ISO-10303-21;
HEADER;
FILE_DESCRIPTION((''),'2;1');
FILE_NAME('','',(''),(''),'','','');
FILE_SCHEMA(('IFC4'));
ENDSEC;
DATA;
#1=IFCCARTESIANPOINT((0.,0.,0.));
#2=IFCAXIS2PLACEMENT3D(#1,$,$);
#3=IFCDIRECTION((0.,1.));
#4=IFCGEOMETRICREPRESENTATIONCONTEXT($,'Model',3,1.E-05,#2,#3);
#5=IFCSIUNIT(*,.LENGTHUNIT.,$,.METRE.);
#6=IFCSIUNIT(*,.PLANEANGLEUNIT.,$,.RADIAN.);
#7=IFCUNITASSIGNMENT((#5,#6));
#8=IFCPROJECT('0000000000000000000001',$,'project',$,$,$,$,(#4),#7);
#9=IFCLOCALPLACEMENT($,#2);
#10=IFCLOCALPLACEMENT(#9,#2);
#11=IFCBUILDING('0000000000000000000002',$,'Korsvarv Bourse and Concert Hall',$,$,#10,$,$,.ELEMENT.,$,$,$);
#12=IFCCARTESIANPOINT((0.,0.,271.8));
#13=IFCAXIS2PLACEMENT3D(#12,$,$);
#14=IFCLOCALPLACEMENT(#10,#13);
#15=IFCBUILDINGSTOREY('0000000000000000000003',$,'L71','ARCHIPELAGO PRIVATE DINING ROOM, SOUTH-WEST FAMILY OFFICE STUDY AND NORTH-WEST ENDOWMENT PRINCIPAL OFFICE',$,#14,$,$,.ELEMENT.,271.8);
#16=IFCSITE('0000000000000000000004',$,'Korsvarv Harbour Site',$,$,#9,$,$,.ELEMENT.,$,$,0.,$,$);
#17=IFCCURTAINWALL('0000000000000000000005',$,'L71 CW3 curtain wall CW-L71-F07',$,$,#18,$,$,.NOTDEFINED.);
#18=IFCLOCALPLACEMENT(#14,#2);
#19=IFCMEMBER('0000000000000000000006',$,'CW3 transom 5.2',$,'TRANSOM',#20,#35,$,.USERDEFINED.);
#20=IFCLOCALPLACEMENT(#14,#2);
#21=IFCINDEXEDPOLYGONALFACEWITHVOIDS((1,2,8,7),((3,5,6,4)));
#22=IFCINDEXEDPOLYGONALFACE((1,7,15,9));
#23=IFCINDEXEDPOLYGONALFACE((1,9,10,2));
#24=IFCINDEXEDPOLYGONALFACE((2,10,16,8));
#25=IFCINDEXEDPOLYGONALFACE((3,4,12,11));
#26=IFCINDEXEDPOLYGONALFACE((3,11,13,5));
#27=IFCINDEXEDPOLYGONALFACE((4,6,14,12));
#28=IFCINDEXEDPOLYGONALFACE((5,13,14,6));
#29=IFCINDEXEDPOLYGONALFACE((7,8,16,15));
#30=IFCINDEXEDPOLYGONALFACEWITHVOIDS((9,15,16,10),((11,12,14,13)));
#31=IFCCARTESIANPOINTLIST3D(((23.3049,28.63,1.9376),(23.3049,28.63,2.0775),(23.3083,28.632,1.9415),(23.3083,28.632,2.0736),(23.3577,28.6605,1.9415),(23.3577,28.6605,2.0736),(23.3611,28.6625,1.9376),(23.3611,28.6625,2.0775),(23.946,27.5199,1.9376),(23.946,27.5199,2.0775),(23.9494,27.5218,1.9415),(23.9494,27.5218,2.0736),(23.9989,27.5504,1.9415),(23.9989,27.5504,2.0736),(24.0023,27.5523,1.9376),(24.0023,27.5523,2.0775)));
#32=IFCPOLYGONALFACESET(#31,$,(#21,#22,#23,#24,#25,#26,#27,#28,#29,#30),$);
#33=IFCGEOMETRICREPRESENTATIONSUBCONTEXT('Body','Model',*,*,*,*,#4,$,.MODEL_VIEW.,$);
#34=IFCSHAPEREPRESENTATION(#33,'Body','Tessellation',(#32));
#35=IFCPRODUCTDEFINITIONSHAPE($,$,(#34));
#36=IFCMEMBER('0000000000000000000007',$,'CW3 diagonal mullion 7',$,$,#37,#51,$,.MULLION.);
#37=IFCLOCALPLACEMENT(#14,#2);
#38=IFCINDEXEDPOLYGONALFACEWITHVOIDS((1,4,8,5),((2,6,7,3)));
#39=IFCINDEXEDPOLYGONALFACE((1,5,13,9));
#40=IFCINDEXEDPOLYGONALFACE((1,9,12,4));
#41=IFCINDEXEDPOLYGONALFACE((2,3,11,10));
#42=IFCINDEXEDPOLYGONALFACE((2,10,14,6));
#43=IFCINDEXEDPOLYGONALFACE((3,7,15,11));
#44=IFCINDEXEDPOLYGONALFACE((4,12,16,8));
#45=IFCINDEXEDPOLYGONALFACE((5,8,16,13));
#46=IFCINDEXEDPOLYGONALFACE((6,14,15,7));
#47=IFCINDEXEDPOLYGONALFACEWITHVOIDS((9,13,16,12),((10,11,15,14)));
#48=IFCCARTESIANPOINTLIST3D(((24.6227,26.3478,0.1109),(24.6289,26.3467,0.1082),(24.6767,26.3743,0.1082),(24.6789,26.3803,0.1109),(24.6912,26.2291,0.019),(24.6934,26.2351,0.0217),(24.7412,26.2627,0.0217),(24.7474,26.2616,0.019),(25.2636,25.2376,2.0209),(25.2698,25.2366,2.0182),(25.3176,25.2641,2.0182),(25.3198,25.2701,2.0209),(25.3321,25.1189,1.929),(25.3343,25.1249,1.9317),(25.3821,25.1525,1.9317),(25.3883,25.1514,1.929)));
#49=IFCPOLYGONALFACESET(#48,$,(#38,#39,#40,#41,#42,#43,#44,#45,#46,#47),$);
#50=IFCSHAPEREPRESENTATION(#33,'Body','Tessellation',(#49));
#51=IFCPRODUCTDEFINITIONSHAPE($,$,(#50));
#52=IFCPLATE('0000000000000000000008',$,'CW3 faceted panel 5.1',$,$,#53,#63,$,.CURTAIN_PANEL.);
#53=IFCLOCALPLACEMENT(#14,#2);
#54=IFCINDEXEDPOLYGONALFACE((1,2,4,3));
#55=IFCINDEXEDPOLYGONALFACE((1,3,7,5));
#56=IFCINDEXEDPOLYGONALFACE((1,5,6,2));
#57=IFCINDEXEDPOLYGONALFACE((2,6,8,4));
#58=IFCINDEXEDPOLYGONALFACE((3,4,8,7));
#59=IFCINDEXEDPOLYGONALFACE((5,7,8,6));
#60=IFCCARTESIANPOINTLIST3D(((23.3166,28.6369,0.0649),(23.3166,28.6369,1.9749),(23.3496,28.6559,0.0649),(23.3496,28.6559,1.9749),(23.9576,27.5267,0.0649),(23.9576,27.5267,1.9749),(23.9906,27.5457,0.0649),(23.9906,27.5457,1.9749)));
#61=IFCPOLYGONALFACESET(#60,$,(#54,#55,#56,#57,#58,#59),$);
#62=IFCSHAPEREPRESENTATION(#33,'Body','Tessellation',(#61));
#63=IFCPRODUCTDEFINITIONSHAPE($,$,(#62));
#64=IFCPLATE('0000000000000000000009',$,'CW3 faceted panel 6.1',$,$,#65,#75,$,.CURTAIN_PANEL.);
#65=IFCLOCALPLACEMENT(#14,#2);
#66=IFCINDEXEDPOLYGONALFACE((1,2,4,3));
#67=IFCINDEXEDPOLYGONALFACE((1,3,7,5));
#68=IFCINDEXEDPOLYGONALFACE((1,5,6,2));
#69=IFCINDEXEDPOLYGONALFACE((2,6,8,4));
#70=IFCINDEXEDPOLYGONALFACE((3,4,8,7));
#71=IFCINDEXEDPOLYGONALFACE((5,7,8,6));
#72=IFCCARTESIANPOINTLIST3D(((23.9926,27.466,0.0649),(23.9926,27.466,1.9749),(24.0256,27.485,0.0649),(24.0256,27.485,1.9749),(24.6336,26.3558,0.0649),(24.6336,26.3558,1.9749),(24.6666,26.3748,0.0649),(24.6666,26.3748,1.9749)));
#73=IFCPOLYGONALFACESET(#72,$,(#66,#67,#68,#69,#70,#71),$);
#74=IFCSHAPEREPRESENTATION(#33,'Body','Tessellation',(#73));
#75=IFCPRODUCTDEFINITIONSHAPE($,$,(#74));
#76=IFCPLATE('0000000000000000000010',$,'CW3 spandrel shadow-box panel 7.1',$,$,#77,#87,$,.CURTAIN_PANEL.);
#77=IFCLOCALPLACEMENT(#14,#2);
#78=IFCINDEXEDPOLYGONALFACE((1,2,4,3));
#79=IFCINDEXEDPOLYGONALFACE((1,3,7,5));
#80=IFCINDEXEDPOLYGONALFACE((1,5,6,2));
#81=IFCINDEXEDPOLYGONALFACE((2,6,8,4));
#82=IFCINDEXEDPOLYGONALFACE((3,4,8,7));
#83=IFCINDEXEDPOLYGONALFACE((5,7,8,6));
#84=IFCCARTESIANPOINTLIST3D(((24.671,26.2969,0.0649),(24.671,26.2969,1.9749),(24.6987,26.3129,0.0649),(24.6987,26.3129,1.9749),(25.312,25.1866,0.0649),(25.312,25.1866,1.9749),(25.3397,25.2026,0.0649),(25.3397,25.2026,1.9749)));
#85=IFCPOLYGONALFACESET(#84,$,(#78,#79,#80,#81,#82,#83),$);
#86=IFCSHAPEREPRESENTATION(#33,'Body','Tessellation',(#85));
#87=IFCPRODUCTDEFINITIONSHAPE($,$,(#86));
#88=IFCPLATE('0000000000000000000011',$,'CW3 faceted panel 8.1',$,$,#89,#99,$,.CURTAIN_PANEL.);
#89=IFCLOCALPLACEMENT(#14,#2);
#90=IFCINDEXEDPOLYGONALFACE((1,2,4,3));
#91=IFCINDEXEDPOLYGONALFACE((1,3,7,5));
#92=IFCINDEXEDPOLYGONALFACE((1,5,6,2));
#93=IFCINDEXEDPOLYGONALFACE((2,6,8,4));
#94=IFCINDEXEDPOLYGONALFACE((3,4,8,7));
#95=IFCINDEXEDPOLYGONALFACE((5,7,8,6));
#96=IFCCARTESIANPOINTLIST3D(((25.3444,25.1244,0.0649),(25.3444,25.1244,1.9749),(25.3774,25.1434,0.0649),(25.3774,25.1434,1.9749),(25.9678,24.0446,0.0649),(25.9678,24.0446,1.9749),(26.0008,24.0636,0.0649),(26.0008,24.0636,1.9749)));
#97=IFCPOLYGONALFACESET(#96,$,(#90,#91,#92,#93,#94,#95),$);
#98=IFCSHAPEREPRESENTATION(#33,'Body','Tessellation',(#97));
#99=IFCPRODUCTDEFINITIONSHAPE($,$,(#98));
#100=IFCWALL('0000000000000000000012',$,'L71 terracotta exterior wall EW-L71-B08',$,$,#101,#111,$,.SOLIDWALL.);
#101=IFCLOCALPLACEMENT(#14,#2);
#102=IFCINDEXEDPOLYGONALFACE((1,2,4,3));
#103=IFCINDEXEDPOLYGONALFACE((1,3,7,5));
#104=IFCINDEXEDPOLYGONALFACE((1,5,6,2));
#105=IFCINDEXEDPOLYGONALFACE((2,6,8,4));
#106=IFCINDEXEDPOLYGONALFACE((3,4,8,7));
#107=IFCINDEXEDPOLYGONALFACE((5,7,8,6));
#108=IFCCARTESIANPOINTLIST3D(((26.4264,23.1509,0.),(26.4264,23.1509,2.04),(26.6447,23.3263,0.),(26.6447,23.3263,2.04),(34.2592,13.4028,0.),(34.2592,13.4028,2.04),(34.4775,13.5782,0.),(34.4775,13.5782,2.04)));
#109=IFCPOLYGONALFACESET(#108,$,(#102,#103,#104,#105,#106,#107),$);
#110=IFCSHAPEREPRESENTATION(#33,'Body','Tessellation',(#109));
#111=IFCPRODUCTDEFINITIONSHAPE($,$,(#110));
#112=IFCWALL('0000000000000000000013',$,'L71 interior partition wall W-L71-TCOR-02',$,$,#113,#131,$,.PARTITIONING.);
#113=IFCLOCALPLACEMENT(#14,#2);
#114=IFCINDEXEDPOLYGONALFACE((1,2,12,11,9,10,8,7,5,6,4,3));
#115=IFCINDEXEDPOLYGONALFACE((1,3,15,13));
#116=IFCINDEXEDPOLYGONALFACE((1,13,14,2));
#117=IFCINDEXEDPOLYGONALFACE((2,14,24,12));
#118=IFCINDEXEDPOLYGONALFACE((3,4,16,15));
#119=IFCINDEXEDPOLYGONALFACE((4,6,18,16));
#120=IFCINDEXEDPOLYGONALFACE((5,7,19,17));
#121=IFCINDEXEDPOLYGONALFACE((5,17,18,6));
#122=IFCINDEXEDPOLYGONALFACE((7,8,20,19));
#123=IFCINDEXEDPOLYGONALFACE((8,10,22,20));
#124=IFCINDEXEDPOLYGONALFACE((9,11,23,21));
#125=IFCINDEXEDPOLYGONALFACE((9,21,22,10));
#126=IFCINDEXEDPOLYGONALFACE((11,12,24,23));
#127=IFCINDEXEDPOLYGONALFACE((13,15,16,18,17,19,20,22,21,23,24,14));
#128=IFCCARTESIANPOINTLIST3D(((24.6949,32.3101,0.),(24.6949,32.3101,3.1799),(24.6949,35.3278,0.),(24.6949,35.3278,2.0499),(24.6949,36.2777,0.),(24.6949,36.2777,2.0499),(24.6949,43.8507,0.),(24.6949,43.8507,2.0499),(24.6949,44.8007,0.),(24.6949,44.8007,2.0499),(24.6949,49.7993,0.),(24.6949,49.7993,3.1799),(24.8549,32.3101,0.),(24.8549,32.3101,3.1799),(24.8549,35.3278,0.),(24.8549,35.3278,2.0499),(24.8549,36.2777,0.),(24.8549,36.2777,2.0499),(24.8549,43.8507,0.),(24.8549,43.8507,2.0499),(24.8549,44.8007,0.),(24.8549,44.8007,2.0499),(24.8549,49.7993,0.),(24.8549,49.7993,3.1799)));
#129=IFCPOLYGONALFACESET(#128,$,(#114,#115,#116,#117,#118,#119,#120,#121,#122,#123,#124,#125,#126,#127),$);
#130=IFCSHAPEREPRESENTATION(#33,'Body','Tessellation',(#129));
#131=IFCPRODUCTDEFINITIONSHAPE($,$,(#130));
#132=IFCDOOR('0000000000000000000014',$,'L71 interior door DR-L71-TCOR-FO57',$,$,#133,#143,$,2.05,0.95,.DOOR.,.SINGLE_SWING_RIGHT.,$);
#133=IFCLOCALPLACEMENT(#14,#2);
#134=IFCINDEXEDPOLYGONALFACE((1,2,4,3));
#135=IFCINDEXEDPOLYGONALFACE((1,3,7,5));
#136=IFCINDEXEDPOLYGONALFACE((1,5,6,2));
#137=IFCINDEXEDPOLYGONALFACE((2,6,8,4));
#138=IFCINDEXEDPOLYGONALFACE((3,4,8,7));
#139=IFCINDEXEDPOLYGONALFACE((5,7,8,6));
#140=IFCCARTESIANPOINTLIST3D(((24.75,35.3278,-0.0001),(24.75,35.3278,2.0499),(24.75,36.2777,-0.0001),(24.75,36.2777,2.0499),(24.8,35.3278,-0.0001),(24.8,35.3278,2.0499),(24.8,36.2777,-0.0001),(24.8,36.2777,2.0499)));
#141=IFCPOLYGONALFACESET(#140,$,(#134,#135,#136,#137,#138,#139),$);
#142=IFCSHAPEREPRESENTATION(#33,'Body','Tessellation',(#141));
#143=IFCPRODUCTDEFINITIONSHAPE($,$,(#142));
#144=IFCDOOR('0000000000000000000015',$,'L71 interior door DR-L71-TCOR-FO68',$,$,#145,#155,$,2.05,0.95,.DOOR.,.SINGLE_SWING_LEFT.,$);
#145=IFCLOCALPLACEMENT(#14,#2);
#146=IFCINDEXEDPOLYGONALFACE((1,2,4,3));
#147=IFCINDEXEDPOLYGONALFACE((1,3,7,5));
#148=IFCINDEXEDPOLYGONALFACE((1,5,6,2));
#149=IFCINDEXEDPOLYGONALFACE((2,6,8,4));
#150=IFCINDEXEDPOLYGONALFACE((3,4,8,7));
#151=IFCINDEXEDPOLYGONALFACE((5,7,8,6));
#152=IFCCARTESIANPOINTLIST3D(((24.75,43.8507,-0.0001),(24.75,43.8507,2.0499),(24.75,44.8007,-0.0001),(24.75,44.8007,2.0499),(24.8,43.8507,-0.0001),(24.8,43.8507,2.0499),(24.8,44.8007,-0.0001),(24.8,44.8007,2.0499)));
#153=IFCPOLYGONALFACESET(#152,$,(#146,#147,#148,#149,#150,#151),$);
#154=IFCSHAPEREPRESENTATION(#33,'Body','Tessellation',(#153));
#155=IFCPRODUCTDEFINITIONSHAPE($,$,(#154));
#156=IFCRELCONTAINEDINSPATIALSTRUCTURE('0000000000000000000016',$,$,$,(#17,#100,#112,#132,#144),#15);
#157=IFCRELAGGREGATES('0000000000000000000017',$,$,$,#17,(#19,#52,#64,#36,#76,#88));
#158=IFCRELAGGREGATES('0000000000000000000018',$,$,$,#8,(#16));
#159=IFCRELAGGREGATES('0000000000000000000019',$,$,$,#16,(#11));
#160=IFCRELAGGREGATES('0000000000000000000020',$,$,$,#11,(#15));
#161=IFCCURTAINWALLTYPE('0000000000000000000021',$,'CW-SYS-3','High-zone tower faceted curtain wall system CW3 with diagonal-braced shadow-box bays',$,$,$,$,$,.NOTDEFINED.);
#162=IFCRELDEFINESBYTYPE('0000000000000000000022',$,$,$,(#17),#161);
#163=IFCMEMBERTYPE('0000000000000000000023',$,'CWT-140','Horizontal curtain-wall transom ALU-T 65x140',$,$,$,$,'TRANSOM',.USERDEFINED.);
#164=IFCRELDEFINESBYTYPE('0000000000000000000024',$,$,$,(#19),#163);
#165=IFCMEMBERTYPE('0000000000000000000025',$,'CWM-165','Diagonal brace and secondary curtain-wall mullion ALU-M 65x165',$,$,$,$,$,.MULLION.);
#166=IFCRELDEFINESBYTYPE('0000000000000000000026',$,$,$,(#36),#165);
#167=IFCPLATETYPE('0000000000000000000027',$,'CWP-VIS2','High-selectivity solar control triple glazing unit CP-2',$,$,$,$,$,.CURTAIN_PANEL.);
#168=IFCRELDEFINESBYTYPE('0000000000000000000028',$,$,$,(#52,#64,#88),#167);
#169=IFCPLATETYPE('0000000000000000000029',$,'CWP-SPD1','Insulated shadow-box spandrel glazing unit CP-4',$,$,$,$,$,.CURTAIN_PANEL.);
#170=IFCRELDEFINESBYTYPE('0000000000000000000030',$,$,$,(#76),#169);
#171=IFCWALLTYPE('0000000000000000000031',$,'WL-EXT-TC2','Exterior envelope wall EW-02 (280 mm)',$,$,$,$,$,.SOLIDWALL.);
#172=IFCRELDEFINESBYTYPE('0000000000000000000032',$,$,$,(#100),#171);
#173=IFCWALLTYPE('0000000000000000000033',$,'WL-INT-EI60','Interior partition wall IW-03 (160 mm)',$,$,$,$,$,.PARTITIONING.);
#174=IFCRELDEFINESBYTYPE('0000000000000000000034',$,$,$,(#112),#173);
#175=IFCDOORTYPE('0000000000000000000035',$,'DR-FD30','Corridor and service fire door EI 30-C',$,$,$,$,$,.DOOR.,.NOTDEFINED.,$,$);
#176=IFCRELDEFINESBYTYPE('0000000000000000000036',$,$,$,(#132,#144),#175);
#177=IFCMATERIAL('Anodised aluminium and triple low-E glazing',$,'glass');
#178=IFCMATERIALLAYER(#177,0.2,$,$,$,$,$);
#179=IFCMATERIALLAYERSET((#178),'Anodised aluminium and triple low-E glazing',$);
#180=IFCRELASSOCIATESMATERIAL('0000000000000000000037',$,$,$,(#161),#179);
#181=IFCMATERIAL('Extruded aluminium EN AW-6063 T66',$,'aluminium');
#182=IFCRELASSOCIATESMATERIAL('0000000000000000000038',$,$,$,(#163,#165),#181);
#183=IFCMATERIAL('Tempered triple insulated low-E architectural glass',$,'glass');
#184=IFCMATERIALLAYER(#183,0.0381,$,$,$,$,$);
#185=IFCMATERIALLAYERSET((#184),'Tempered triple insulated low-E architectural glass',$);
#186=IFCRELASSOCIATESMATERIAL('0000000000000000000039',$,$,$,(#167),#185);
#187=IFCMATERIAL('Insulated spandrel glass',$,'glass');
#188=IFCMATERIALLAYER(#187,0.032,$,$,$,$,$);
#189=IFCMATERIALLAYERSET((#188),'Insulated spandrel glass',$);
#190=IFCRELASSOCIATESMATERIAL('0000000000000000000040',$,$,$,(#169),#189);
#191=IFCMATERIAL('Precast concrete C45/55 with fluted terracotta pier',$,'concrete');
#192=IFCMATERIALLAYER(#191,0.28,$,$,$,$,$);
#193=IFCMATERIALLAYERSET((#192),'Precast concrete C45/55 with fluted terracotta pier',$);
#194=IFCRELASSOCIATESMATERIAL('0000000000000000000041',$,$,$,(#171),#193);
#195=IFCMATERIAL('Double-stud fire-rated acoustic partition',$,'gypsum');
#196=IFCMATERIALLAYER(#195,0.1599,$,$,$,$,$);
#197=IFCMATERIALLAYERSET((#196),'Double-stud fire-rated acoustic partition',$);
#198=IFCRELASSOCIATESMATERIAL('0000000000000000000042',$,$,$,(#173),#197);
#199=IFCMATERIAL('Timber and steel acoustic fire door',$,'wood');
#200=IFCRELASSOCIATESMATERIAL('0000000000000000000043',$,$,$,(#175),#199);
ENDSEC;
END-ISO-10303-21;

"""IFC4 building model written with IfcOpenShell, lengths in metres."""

from ifc_helpers import new_model, si_unit, direction, frame, frame_2d, origin, origin_2d, place, context, subcontext, project, spatial, rectangle, hollow_rectangle, extrude, source, transform, mapped, material, layer, layer_set, material_profile, profile_set, type_object, element, fill, aggregate, save


model = new_model("IFC4")

# Units and contexts
model_context = context("Model", 3, precision=1e-05, world=origin(), true_north=direction((0.0, 1.0)))
body_context = subcontext(model_context, "Body", "Model", "MODEL_VIEW")
ifc_project = project(units=[si_unit("LENGTHUNIT", "METRE"), si_unit("PLANEANGLEUNIT", "RADIAN")], contexts=[model_context])

# Site, building, storey
site_placement = place(None, origin())
site = spatial("IfcSite", under=ifc_project, at=site_placement, Name="Korsvarv Harbour Site", CompositionType="ELEMENT", RefElevation=0.0)
building_placement = place(site_placement, origin())
building = spatial("IfcBuilding", under=site, at=building_placement, Name="Korsvarv Bourse and Concert Hall", CompositionType="ELEMENT")
storey_placement = place(building_placement, frame((0.0, 0.0, 271.8)))
storey = spatial("IfcBuildingStorey", under=building, at=storey_placement, Name="L71", Description="ARCHIPELAGO PRIVATE DINING ROOM, SOUTH-WEST FAMILY OFFICE STUDY AND NORTH-WEST ENDOWMENT PRINCIPAL OFFICE", CompositionType="ELEMENT", Elevation=271.8)

# Curtain wall, members, plates
ifc_material_1 = material(Name="Anodised aluminium and triple low-E glazing", Category="glass")
ifc_layer_1 = layer(ifc_material_1, 0.2)
ifc_layer_set_1 = layer_set([ifc_layer_1], Name="Anodised aluminium and triple low-E glazing")
curtain_wall_type = type_object("IfcCurtainWallType", Name="CW-SYS-3", Description="High-zone tower faceted curtain wall system CW3 with diagonal-braced shadow-box bays", PredefinedType="NOTDEFINED", material=ifc_layer_set_1)
curtain_wall_placement = place(storey_placement, origin())
curtain_wall = element("IfcCurtainWall", 1, at=curtain_wall_placement, inside=storey, type_object=curtain_wall_type, Name="L71 CW3 curtain wall CW-L71-F07", PredefinedType="NOTDEFINED")
ifc_material_2 = material(Name="Extruded aluminium EN AW-6063 T66", Category="aluminium")
ifc_material_profile_1 = material_profile(ifc_material_2, hollow_rectangle(XDim=0.0649, YDim=0.1399, WallThickness=0.0039, at=origin_2d()), Name="ALU-T 65x140")
ifc_profile_set_1 = profile_set([ifc_material_profile_1], Name="Extruded aluminium EN AW-6063 T66")
member_type_1 = type_object("IfcMemberType", Name="CWT-140", Description="Horizontal curtain-wall transom ALU-T 65x140", ElementType="TRANSOM", PredefinedType="USERDEFINED", material=ifc_profile_set_1)
shared_shape_1 = source(origin(), body_context, "Body", "SweptSolid", [
    extrude(hollow_rectangle(XDim=0.0649, YDim=0.1399, WallThickness=0.0039, at=origin_2d()), origin(), (0.0, 0.0, 1.0), 1.282),
])
member_1_placement = place(storey_placement, frame((23.333, 28.6462, 2.0076), z_axis=(0.500113, -0.86596, 0.0), x_axis=(0.86596, 0.500113, 0.0)))
member_1 = element("IfcMember", 2, at=member_1_placement, type_object=member_type_1, Name="CW3 transom 5.2", ObjectType="TRANSOM", PredefinedType="USERDEFINED", context=body_context, shape_type="MappedRepresentation", body=[
    mapped(shared_shape_1, transform((0.0, 0.0, 0.0), scale=1.0)),
])
ifc_material_profile_2 = material_profile(ifc_material_2, hollow_rectangle(XDim=0.0649, YDim=0.165, WallThickness=0.0049, at=origin_2d()), Name="ALU-M 65x165")
ifc_profile_set_2 = profile_set([ifc_material_profile_2], Name="Extruded aluminium EN AW-6063 T66")
member_type_2 = type_object("IfcMemberType", Name="CWM-165", Description="Diagonal brace and secondary curtain-wall mullion ALU-M 65x165", PredefinedType="MULLION", material=ifc_profile_set_2)
shared_shape_2 = source(origin(), body_context, "Body", "SweptSolid", [
    extrude(hollow_rectangle(XDim=0.0649, YDim=0.165, WallThickness=0.0049, at=origin_2d()), origin(), (0.0, 0.0, 1.0), 2.3003),
])
member_2_placement = place(storey_placement, frame((24.6851, 26.3047, 0.0649), z_axis=(0.278617, -0.482618, 0.830333), x_axis=(0.866043, 0.49997, 0.0)))
member_2 = element("IfcMember", 3, at=member_2_placement, type_object=member_type_2, Name="CW3 diagonal mullion 7", PredefinedType="MULLION", context=body_context, shape_type="MappedRepresentation", body=[
    mapped(shared_shape_2, transform((0.0, 0.0, 0.0), scale=1.0)),
])
ifc_material_3 = material(Name="Tempered triple insulated low-E architectural glass", Category="glass")
ifc_layer_2 = layer(ifc_material_3, 0.0381)
ifc_layer_set_2 = layer_set([ifc_layer_2], Name="Tempered triple insulated low-E architectural glass")
plate_type_1 = type_object("IfcPlateType", Name="CWP-VIS2", Description="High-selectivity solar control triple glazing unit CP-2", PredefinedType="CURTAIN_PANEL", material=ifc_layer_set_2)
shared_shape_3 = source(origin(), body_context, "Body", "SweptSolid", [
    extrude(rectangle(XDim=1.282, YDim=0.0381, at=origin_2d()), origin(), (0.0, 0.0, 1.0), 1.9099),
])
plate_1_placement = place(storey_placement, frame((23.6536, 28.0913, 0.0649), z_axis=(0.0, 0.0, 1.0), x_axis=(0.500004, -0.866023, 0.0)))
plate_1 = element("IfcPlate", 4, at=plate_1_placement, type_object=plate_type_1, Name="CW3 faceted panel 5.1", PredefinedType="CURTAIN_PANEL", context=body_context, shape_type="MappedRepresentation", body=[
    mapped(shared_shape_3, transform((0.0, 0.0, 0.0), scale=1.0)),
])
plate_2_placement = place(storey_placement, frame((24.3296, 26.9204, 0.0649), z_axis=(0.0, 0.0, 1.0), x_axis=(0.500004, -0.866023, 0.0)))
plate_2 = element("IfcPlate", 5, at=plate_2_placement, type_object=plate_type_1, Name="CW3 faceted panel 6.1", PredefinedType="CURTAIN_PANEL", context=body_context, shape_type="MappedRepresentation", body=[
    mapped(shared_shape_3, transform((0.0, 0.0, 0.0), scale=1.0)),
])
ifc_material_4 = material(Name="Insulated spandrel glass", Category="glass")
ifc_layer_3 = layer(ifc_material_4, 0.032)
ifc_layer_set_3 = layer_set([ifc_layer_3], Name="Insulated spandrel glass")
plate_type_2 = type_object("IfcPlateType", Name="CWP-SPD1", Description="Insulated shadow-box spandrel glazing unit CP-4", PredefinedType="CURTAIN_PANEL", material=ifc_layer_set_3)
shared_shape_4 = source(origin(), body_context, "Body", "SweptSolid", [
    extrude(rectangle(XDim=1.282, YDim=0.032, at=origin_2d()), origin(), (0.0, 0.0, 1.0), 1.9099),
])
plate_3_placement = place(storey_placement, frame((25.0054, 25.7498, 0.0649), z_axis=(0.0, 0.0, 1.0), x_axis=(0.500004, -0.866023, 0.0)))
plate_3 = element("IfcPlate", 6, at=plate_3_placement, type_object=plate_type_2, Name="CW3 spandrel shadow-box panel 7.1", PredefinedType="CURTAIN_PANEL", context=body_context, shape_type="MappedRepresentation", body=[
    mapped(shared_shape_4, transform((0.0, 0.0, 0.0), scale=1.0)),
])
shared_shape_5 = source(origin(), body_context, "Body", "SweptSolid", [
    extrude(rectangle(XDim=1.2468, YDim=0.0381, at=origin_2d()), origin(), (0.0, 0.0, 1.0), 1.9099),
])
plate_4_placement = place(storey_placement, frame((25.6726, 24.594, 0.0649), z_axis=(0.0, 0.0, 1.0), x_axis=(0.500004, -0.866023, 0.0)))
plate_4 = element("IfcPlate", 7, at=plate_4_placement, type_object=plate_type_1, Name="CW3 faceted panel 8.1", PredefinedType="CURTAIN_PANEL", context=body_context, shape_type="MappedRepresentation", body=[
    mapped(shared_shape_5, transform((0.0, 0.0, 0.0), scale=1.0)),
])
aggregate(curtain_wall, [member_1, plate_1, plate_2, member_2, plate_3, plate_4])

# Wall
ifc_material_5 = material(Name="Precast concrete C45/55 with fluted terracotta pier", Category="concrete")
ifc_layer_4 = layer(ifc_material_5, 0.28)
ifc_layer_set_4 = layer_set([ifc_layer_4], Name="Precast concrete C45/55 with fluted terracotta pier")
wall_type_1 = type_object("IfcWallType", Name="WL-EXT-TC2", Description="Exterior envelope wall EW-02 (280 mm)", PredefinedType="SOLIDWALL", material=ifc_layer_set_4)
wall_1_placement = place(storey_placement, frame((26.5356, 23.2385, 0.0), z_axis=(0.0, 0.0, 1.0), x_axis=(0.626367, -0.779528, 0.0)))
element("IfcWall", 8, at=wall_1_placement, inside=storey, type_object=wall_type_1, Name="L71 terracotta exterior wall EW-L71-B08", PredefinedType="SOLIDWALL", context=body_context, shape_type="SweptSolid", body=[
    extrude(rectangle(XDim=12.5051, YDim=0.28, at=frame_2d((6.2524, 0.0))), origin(), (0.0, 0.0, 1.0), 2.04),
])

# Wall, openings, doors
ifc_material_6 = material(Name="Double-stud fire-rated acoustic partition", Category="gypsum")
ifc_layer_5 = layer(ifc_material_6, 0.1599)
ifc_layer_set_5 = layer_set([ifc_layer_5], Name="Double-stud fire-rated acoustic partition")
wall_type_2 = type_object("IfcWallType", Name="WL-INT-EI60", Description="Interior partition wall IW-03 (160 mm)", PredefinedType="PARTITIONING", material=ifc_layer_set_5)
wall_2_placement = place(storey_placement, frame((24.7749, 32.3101, 0.0), z_axis=(0.0, 0.0, 1.0), x_axis=(0.0, 1.0, 0.0)))
wall_2 = element("IfcWall", 9, at=wall_2_placement, inside=storey, type_object=wall_type_2, Name="L71 interior partition wall W-L71-TCOR-02", PredefinedType="PARTITIONING", context=body_context, shape_type="SweptSolid", body=[
    extrude(rectangle(XDim=17.4893, YDim=0.1599, at=frame_2d((8.7446, 0.0))), origin(), (0.0, 0.0, 1.0), 3.1799),
])
opening_1_placement = place(wall_2_placement, frame((3.0176, 0.0, 0.0)))
opening_1 = element("IfcOpeningElement", 10, at=opening_1_placement, cuts=wall_2, PredefinedType="OPENING", context=body_context, shape_type="SweptSolid", body=[
    extrude(rectangle(XDim=0.95, YDim=2.05, at=frame_2d((0.4751, 1.0249))), frame((0.0, 0.0898, 0.0), z_axis=(0.0, -1.0, 0.0), x_axis=(1.0, 0.0, 0.0)), (0.0, 0.0, 1.0), 0.1799),
])
opening_2_placement = place(wall_2_placement, frame((11.5405, 0.0, 0.0)))
opening_2 = element("IfcOpeningElement", 11, at=opening_2_placement, cuts=wall_2, PredefinedType="OPENING", context=body_context, shape_type="SweptSolid", body=[
    extrude(rectangle(XDim=0.95, YDim=2.05, at=frame_2d((0.4751, 1.0249))), frame((0.0, 0.0898, 0.0), z_axis=(0.0, -1.0, 0.0), x_axis=(1.0, 0.0, 0.0)), (0.0, 0.0, 1.0), 0.1799),
])
ifc_material_7 = material(Name="Timber and steel acoustic fire door", Category="wood")
door_type = type_object("IfcDoorType", Name="DR-FD30", Description="Corridor and service fire door EI 30-C", OperationType="NOTDEFINED", PredefinedType="DOOR", material=ifc_material_7)
door_1_placement = place(opening_1_placement, origin())
door_1 = element("IfcDoor", 12, at=door_1_placement, inside=storey, type_object=door_type, Name="L71 interior door DR-L71-TCOR-FO57", OperationType="SINGLE_SWING_RIGHT", OverallHeight=2.05, OverallWidth=0.95, PredefinedType="DOOR", context=body_context, shape_type="SweptSolid", body=[
    extrude(rectangle(XDim=0.95, YDim=2.05, at=frame_2d((0.4751, 1.0249))), frame((0.0, 0.0249, 0.0), z_axis=(0.0, -1.0, 0.0), x_axis=(1.0, 0.0, 0.0)), (0.0, 0.0, 1.0), 0.05),
])
fill(opening_1, door_1)
door_2_placement = place(opening_2_placement, origin())
door_2 = element("IfcDoor", 13, at=door_2_placement, inside=storey, type_object=door_type, Name="L71 interior door DR-L71-TCOR-FO68", OperationType="SINGLE_SWING_LEFT", OverallHeight=2.05, OverallWidth=0.95, PredefinedType="DOOR", context=body_context, shape_type="SweptSolid", body=[
    extrude(rectangle(XDim=0.95, YDim=2.05, at=frame_2d((0.4751, 1.0249))), frame((0.0, 0.0249, 0.0), z_axis=(0.0, -1.0, 0.0), x_axis=(1.0, 0.0, 0.0)), (0.0, 0.0, 1.0), 0.05),
])
fill(opening_2, door_2)

save(model, "model.ifc")
